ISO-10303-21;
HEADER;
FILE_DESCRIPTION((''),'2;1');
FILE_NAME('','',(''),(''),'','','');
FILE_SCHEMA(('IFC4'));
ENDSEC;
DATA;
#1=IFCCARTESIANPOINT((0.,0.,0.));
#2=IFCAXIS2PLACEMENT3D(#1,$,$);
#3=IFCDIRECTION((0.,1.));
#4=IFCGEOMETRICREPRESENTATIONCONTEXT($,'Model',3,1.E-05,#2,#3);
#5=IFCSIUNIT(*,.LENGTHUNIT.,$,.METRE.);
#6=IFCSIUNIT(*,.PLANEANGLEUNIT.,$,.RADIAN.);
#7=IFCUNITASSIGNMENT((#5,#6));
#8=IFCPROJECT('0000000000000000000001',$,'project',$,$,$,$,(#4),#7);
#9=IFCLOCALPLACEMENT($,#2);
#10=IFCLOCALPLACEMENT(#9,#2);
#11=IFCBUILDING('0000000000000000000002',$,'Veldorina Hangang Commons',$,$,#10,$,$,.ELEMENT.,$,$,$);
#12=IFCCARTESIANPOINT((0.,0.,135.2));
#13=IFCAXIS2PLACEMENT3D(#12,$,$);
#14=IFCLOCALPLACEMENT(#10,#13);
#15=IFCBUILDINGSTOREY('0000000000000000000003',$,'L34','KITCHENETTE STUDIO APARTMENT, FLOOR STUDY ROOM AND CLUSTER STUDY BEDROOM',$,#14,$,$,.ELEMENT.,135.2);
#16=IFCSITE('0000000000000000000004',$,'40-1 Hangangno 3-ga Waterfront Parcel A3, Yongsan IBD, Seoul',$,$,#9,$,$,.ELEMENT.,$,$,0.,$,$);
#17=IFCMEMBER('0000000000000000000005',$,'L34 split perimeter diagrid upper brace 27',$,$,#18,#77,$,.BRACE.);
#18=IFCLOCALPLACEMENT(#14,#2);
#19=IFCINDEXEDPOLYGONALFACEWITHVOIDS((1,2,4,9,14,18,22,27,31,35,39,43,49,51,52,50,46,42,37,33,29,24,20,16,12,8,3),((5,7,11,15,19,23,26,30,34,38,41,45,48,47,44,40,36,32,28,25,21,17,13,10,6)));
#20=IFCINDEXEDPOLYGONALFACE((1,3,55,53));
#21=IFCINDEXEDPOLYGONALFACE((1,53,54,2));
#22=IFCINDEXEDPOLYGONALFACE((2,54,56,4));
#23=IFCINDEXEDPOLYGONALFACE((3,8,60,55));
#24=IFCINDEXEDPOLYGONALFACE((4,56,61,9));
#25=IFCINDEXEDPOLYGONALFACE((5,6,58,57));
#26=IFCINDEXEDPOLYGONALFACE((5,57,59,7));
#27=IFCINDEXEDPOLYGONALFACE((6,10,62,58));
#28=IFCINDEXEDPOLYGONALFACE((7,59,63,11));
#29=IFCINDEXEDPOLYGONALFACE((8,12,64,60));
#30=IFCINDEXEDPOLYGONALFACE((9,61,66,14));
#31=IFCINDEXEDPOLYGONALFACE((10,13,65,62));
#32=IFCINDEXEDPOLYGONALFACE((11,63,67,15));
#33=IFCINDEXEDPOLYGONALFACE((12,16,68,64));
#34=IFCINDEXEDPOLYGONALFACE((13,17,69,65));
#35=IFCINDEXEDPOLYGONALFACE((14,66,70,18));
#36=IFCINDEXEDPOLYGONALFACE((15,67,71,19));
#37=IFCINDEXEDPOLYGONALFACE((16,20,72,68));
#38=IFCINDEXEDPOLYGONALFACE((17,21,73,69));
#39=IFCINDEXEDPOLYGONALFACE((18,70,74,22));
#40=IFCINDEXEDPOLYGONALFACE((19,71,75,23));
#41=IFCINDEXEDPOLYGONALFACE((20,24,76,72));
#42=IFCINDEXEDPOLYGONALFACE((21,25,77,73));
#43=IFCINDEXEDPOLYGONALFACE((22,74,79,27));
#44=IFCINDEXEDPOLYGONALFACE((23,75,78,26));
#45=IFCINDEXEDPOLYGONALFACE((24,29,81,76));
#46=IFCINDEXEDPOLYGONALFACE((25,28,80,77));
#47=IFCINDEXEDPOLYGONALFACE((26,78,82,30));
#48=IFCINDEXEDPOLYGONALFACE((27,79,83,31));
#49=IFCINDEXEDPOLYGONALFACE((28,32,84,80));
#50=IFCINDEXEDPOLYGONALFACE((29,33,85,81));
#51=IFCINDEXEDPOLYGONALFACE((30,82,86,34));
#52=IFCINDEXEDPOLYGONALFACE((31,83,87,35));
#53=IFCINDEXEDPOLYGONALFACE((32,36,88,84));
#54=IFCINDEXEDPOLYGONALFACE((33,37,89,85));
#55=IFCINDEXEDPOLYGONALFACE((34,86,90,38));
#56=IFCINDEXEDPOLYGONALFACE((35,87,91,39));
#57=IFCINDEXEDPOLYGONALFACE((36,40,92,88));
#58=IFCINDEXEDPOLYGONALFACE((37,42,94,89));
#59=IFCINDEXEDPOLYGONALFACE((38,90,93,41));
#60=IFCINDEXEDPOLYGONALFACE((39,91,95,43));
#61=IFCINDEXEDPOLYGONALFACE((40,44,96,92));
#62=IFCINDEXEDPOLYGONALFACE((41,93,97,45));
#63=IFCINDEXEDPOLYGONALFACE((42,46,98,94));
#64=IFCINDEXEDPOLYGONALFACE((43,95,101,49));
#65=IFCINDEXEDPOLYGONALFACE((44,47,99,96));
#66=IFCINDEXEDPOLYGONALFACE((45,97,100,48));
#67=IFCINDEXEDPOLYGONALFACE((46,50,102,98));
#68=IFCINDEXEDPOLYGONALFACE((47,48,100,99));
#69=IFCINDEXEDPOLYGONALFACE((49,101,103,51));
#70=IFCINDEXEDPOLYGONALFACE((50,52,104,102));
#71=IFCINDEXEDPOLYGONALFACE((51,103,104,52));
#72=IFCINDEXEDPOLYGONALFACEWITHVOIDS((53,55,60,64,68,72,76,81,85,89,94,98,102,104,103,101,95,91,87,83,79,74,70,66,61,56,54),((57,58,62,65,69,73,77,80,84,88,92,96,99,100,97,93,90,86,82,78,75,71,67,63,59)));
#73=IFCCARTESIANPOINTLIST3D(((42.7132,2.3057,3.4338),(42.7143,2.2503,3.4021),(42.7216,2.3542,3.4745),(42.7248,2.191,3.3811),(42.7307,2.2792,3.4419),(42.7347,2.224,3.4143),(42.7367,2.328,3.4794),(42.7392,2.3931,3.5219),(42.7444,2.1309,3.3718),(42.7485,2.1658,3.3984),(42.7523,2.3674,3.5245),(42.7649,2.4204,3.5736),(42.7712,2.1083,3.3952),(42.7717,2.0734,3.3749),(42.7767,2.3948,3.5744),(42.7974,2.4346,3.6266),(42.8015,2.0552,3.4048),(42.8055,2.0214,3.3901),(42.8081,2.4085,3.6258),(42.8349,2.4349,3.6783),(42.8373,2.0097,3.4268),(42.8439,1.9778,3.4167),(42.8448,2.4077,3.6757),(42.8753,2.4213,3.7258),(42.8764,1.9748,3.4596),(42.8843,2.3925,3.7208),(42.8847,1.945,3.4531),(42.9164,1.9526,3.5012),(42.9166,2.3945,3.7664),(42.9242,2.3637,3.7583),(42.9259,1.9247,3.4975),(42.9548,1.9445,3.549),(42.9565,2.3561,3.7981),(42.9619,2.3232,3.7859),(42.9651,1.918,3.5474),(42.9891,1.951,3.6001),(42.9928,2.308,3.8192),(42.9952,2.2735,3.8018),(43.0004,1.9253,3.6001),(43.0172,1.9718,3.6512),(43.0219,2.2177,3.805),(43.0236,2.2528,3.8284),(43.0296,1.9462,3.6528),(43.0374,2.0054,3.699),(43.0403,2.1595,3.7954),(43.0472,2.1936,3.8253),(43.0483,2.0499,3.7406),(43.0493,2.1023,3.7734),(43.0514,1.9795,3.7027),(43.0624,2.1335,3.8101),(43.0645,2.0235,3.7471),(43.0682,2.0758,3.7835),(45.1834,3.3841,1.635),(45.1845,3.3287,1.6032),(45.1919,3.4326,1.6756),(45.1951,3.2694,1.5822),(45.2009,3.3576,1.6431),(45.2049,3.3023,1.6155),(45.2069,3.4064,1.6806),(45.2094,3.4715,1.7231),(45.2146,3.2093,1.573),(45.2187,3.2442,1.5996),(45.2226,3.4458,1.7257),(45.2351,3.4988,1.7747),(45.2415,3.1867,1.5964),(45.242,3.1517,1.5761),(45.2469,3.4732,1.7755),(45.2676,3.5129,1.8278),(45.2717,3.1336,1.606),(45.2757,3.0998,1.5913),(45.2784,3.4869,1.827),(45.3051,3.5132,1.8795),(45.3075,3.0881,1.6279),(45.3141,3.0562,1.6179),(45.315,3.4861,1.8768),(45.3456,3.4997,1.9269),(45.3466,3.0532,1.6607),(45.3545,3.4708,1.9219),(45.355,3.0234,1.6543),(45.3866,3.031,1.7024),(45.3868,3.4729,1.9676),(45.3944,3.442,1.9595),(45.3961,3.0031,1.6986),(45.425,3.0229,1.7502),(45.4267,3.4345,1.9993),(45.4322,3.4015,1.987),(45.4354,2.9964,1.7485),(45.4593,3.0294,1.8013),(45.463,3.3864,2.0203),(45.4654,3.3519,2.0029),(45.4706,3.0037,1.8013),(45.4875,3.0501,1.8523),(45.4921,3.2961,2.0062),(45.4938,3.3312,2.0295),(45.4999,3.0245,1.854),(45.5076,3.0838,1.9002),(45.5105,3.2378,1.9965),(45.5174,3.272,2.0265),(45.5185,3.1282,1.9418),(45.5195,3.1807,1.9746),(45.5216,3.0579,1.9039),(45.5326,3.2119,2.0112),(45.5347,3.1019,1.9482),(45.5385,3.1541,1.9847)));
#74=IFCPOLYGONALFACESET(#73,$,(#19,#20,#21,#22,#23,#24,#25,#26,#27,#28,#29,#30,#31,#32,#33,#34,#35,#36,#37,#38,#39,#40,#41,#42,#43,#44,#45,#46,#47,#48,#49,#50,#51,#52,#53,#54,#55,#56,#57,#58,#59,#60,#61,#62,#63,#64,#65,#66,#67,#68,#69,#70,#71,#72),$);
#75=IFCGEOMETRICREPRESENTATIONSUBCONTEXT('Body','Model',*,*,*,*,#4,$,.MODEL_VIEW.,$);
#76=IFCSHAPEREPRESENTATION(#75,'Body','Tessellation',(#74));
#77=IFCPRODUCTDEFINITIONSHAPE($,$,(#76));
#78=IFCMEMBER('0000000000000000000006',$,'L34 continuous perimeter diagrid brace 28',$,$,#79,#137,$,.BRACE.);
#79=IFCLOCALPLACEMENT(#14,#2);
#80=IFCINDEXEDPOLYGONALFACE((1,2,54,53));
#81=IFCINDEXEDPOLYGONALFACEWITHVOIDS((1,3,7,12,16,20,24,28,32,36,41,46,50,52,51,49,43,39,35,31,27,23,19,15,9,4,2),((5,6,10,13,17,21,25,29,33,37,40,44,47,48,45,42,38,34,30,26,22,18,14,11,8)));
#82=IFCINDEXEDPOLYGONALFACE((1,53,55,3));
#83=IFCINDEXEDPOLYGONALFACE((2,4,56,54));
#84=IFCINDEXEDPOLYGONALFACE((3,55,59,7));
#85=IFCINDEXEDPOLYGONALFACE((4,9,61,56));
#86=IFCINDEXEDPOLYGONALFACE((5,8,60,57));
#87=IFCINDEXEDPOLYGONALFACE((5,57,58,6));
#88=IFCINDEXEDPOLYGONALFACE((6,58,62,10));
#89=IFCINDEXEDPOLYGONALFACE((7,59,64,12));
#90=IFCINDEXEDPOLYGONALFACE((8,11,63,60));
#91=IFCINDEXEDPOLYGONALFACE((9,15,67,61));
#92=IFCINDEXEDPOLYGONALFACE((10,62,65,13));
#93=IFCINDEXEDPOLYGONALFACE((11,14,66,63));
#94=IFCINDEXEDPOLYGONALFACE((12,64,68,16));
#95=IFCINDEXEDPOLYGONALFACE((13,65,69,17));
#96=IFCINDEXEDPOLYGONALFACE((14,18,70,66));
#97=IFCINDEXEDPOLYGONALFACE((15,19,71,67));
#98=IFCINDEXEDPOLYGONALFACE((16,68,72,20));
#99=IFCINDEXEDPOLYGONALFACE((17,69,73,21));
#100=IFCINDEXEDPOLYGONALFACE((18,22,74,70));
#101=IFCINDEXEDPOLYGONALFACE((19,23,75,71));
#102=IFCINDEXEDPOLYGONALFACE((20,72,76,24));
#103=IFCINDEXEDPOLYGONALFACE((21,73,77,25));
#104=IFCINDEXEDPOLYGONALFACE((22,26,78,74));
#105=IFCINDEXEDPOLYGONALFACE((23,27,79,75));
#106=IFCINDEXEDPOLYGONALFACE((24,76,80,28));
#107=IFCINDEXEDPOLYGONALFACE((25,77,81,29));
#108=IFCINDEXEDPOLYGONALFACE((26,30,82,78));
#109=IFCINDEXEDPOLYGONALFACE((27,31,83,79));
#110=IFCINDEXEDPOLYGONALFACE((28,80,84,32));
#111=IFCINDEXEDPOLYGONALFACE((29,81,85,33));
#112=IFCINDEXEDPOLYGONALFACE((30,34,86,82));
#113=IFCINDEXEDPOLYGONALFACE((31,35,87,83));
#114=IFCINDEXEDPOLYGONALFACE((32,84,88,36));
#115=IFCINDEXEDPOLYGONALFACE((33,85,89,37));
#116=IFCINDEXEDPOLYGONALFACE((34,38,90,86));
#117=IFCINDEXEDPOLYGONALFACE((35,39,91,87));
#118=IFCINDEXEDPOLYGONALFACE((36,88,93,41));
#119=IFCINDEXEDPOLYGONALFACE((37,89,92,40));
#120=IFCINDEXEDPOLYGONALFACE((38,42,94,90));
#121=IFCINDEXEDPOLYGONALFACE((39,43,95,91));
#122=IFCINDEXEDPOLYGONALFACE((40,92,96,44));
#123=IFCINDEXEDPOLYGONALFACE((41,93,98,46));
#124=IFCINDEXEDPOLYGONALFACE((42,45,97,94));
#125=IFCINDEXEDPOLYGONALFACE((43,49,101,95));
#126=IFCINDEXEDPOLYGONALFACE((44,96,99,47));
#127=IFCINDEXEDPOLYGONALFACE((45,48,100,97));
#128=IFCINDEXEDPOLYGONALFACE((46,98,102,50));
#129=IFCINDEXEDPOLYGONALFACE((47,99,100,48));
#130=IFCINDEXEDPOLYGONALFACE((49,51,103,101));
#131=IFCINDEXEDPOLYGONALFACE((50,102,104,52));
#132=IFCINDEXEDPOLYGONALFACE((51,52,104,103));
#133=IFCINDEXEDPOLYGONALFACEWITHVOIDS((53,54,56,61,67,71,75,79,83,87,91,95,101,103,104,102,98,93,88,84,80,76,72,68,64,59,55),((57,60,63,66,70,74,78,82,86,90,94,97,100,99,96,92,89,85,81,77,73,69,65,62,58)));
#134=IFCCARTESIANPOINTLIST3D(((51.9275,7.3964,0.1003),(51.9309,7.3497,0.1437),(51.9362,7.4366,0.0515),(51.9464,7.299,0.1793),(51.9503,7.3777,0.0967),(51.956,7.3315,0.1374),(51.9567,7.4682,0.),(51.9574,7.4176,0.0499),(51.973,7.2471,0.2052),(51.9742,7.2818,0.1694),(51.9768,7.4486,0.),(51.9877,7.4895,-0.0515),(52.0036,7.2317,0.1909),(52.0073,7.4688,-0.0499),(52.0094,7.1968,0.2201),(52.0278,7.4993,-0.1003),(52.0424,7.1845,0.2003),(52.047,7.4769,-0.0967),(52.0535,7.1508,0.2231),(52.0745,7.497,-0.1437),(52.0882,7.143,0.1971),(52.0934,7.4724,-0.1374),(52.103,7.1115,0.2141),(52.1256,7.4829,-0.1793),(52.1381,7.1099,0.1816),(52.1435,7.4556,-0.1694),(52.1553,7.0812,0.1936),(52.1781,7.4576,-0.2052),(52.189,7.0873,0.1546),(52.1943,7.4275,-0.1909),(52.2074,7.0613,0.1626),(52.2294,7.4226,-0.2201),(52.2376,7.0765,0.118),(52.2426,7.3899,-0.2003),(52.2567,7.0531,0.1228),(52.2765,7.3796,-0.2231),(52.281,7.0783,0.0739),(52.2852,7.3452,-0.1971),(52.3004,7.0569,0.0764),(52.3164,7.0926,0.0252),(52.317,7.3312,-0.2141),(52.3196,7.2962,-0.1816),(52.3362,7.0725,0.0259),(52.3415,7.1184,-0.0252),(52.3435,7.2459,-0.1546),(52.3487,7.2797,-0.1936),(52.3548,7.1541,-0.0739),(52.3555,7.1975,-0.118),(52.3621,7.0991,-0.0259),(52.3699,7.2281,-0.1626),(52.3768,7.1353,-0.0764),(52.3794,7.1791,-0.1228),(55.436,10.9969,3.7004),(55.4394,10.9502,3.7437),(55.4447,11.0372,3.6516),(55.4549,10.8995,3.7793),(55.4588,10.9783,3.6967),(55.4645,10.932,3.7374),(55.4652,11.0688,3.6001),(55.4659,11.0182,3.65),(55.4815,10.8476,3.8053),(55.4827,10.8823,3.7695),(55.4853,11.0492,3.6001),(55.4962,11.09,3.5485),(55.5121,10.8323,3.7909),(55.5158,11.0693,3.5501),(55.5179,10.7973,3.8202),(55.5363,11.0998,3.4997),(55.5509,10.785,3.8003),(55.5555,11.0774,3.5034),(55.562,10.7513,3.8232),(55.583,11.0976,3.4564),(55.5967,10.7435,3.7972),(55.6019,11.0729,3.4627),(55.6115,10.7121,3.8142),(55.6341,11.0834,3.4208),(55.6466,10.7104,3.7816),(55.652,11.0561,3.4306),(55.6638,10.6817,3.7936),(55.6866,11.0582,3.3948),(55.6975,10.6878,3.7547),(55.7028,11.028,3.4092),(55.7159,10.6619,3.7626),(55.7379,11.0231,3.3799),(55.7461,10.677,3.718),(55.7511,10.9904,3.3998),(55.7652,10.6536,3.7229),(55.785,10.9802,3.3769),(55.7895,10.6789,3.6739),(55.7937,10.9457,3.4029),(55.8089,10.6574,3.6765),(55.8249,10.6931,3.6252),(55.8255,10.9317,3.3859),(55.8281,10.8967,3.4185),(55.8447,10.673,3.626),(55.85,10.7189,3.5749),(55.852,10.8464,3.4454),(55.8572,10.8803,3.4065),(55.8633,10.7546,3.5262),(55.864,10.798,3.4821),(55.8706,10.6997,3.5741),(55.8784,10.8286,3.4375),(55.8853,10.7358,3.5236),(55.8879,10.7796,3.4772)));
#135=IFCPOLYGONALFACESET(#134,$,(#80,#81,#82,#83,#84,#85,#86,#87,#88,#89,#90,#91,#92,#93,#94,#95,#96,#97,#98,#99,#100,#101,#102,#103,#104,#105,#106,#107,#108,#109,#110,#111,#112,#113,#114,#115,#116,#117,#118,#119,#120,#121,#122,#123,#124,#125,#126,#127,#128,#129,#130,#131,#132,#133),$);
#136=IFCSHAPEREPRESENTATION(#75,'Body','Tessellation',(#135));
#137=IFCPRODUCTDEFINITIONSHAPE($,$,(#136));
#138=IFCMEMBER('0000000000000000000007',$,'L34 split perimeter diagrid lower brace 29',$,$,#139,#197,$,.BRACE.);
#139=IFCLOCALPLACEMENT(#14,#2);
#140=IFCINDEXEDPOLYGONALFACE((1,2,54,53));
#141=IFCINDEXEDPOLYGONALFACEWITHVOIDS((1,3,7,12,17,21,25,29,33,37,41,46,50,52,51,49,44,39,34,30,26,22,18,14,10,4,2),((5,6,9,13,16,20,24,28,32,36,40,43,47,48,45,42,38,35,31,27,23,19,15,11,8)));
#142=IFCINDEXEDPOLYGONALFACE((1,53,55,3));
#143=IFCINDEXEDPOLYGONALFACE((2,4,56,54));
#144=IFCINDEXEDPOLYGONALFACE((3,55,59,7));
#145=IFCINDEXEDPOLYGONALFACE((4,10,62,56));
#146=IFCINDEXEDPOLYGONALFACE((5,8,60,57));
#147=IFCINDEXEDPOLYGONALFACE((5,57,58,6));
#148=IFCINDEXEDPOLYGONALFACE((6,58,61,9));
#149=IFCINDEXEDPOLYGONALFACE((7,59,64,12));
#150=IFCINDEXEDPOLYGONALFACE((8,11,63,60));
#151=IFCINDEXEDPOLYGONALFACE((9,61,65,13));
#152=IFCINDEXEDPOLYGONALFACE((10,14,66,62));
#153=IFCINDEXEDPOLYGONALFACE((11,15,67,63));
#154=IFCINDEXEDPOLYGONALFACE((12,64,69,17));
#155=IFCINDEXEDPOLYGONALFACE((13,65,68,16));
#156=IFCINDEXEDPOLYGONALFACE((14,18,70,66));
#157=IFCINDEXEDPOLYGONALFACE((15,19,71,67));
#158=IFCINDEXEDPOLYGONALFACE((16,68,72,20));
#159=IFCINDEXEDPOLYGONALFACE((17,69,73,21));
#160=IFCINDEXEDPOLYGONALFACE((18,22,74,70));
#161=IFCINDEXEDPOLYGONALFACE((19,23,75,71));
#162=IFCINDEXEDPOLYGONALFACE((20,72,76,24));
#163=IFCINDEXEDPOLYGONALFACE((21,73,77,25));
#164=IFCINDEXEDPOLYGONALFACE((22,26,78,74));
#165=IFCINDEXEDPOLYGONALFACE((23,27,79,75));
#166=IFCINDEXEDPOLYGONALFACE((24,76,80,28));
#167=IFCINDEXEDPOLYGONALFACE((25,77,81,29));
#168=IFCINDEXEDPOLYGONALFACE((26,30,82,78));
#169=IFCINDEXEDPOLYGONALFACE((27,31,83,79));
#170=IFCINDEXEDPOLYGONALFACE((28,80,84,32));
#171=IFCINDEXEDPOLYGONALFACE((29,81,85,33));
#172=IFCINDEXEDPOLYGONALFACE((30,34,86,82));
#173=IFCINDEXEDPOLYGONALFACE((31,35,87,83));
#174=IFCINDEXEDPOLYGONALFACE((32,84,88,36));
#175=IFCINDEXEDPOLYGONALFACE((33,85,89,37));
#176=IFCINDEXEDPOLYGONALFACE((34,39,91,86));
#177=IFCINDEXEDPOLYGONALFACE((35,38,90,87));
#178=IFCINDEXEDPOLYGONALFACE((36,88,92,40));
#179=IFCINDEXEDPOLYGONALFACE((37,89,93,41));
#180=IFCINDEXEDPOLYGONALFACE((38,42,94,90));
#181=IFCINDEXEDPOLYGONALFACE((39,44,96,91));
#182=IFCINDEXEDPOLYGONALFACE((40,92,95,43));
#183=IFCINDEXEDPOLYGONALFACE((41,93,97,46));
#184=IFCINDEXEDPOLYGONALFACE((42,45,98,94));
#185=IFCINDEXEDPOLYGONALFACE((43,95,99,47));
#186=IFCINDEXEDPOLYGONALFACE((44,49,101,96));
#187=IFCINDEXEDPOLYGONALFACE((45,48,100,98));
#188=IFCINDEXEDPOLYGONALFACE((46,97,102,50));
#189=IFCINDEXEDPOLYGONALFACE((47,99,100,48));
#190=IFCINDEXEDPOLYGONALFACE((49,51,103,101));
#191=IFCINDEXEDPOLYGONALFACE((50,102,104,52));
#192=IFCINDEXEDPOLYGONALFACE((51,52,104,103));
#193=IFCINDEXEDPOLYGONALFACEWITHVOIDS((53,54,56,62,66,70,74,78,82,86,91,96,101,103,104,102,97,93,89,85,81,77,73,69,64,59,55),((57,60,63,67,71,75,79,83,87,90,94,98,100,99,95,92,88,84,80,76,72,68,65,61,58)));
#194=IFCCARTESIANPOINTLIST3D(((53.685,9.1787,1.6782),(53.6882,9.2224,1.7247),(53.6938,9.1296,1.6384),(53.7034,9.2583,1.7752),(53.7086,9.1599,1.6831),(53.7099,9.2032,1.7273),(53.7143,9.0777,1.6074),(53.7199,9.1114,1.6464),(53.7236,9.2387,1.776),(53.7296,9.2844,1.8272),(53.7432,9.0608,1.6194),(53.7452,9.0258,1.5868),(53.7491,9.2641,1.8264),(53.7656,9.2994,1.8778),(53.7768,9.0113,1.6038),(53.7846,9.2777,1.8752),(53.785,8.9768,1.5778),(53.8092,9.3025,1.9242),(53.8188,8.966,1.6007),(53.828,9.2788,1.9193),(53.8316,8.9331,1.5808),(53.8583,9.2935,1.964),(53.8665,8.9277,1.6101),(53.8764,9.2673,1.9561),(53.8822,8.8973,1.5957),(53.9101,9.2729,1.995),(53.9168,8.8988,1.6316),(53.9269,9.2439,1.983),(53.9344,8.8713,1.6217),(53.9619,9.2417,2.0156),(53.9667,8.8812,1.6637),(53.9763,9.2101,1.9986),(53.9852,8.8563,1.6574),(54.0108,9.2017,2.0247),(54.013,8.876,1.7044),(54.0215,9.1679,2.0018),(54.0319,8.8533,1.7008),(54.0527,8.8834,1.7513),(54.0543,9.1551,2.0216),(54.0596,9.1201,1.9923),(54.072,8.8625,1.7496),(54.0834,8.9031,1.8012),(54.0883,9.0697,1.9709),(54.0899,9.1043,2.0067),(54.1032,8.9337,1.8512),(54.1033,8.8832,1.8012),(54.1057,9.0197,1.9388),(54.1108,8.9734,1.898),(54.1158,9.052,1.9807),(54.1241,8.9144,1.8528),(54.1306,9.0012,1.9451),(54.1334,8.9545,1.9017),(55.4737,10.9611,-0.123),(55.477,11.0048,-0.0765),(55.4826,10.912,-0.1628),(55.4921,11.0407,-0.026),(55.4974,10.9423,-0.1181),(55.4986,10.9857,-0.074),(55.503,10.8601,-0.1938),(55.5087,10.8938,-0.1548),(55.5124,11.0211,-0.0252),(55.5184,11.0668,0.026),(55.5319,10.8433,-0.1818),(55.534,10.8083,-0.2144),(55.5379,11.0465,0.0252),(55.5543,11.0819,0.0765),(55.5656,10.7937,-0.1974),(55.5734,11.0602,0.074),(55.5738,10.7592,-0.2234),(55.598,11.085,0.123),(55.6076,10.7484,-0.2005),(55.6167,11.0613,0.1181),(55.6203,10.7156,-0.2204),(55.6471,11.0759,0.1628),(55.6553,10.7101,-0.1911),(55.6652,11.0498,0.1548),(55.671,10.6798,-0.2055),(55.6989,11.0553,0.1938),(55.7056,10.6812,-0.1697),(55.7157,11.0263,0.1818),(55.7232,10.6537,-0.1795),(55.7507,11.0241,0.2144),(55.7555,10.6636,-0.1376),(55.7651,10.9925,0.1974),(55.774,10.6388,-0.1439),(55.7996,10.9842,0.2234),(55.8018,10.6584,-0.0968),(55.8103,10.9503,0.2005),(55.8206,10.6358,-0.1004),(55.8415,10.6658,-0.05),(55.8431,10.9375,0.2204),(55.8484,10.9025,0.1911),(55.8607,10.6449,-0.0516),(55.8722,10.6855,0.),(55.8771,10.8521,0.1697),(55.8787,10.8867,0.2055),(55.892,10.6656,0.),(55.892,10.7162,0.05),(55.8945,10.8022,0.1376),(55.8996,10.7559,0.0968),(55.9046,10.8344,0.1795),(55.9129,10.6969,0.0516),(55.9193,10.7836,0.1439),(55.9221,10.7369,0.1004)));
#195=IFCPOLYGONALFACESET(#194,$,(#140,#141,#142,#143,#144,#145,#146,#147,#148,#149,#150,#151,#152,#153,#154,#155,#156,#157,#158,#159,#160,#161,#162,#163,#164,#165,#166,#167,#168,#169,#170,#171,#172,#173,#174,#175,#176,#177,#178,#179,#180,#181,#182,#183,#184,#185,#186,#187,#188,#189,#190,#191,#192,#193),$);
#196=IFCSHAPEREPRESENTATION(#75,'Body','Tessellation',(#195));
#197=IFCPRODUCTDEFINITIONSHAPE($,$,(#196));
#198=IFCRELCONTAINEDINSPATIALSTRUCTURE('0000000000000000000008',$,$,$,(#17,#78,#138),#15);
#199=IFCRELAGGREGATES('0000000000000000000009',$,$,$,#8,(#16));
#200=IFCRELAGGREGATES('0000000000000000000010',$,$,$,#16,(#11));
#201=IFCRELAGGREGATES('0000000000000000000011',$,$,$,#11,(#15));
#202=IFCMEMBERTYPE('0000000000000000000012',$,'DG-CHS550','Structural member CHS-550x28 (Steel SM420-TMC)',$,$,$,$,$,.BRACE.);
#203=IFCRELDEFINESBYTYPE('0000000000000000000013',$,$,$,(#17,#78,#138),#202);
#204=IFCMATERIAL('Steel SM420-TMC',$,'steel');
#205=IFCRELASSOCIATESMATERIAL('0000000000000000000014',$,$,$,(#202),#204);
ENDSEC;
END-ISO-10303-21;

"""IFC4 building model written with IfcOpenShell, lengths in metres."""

from ifc_helpers import new_model, si_unit, direction, frame, origin, origin_2d, place, context, subcontext, project, spatial, hollow_circle, extrude, material, material_profile, profile_set, type_object, element, save


model = new_model("IFC4")

# Units and contexts
model_context = context("Model", 3, precision=1e-05, world=origin(), true_north=direction((0.0, 1.0)))
body_context = subcontext(model_context, "Body", "Model", "MODEL_VIEW")
ifc_project = project(units=[si_unit("LENGTHUNIT", "METRE"), si_unit("PLANEANGLEUNIT", "RADIAN")], contexts=[model_context])

# Site, building, storey
site_placement = place(None, origin())
site = spatial("IfcSite", under=ifc_project, at=site_placement, Name="40-1 Hangangno 3-ga Waterfront Parcel A3, Yongsan IBD, Seoul", CompositionType="ELEMENT", RefElevation=0.0)
building_placement = place(site_placement, origin())
building = spatial("IfcBuilding", under=site, at=building_placement, Name="Veldorina Hangang Commons", CompositionType="ELEMENT")
storey_placement = place(building_placement, frame((0.0, 0.0, 135.2)))
storey = spatial("IfcBuildingStorey", under=building, at=storey_placement, Name="L34", Description="KITCHENETTE STUDIO APARTMENT, FLOOR STUDY ROOM AND CLUSTER STUDY BEDROOM", CompositionType="ELEMENT", Elevation=135.2)

# Shared definitions
ifc_material_1 = material(Name="Steel SM420-TMC", Category="steel")

# Members
ifc_material_profile_1 = material_profile(ifc_material_1, hollow_circle(Radius=0.2749, WallThickness=0.0281, at=origin_2d()), Name="CHS-550x28")
ifc_profile_set_1 = profile_set([ifc_material_profile_1], Name="Steel SM420-TMC")
member_type_1 = type_object("IfcMemberType", Name="DG-CHS550", Description="Structural member CHS-550x28 (Steel SM420-TMC)", PredefinedType="BRACE", material=ifc_profile_set_1)
member_1_placement = place(storey_placement, frame((45.3606, 3.2556, 1.8013), z_axis=(-0.762302, -0.332782, 0.555114), x_axis=(0.400087, -0.916477, 0.0)))
element("IfcMember", 1, at=member_1_placement, inside=storey, type_object=member_type_1, Name="L34 split perimeter diagrid upper brace 27", PredefinedType="BRACE", context=body_context, shape_type="SweptSolid", body=[
    extrude(hollow_circle(Radius=0.2749, WallThickness=0.0281, at=origin_2d()), origin(), (0.0, 0.0, 1.0), 3.2405),
])
member_2_placement = place(storey_placement, frame((52.1536, 7.2764, 0.0), z_axis=(0.567411, 0.582296, 0.582217), x_axis=(-0.716202, 0.697893, 0.0)))
element("IfcMember", 2, at=member_2_placement, inside=storey, type_object=member_type_1, Name="L34 continuous perimeter diagrid brace 28", PredefinedType="BRACE", context=body_context, shape_type="SweptSolid", body=[
    extrude(hollow_circle(Radius=0.2749, WallThickness=0.0281, at=origin_2d()), origin(), (0.0, 0.0, 1.0), 6.1833),
])
member_3_placement = place(storey_placement, frame((55.698, 10.8604, 0.0), z_axis=(-0.576689, -0.574642, 0.580703), x_axis=(0.705849, -0.708362, 0.0)))
element("IfcMember", 3, at=member_3_placement, inside=storey, type_object=member_type_1, Name="L34 split perimeter diagrid lower brace 29", PredefinedType="BRACE", context=body_context, shape_type="SweptSolid", body=[
    extrude(hollow_circle(Radius=0.2749, WallThickness=0.0281, at=origin_2d()), origin(), (0.0, 0.0, 1.0), 3.1018),
])

save(model, "model.ifc")
